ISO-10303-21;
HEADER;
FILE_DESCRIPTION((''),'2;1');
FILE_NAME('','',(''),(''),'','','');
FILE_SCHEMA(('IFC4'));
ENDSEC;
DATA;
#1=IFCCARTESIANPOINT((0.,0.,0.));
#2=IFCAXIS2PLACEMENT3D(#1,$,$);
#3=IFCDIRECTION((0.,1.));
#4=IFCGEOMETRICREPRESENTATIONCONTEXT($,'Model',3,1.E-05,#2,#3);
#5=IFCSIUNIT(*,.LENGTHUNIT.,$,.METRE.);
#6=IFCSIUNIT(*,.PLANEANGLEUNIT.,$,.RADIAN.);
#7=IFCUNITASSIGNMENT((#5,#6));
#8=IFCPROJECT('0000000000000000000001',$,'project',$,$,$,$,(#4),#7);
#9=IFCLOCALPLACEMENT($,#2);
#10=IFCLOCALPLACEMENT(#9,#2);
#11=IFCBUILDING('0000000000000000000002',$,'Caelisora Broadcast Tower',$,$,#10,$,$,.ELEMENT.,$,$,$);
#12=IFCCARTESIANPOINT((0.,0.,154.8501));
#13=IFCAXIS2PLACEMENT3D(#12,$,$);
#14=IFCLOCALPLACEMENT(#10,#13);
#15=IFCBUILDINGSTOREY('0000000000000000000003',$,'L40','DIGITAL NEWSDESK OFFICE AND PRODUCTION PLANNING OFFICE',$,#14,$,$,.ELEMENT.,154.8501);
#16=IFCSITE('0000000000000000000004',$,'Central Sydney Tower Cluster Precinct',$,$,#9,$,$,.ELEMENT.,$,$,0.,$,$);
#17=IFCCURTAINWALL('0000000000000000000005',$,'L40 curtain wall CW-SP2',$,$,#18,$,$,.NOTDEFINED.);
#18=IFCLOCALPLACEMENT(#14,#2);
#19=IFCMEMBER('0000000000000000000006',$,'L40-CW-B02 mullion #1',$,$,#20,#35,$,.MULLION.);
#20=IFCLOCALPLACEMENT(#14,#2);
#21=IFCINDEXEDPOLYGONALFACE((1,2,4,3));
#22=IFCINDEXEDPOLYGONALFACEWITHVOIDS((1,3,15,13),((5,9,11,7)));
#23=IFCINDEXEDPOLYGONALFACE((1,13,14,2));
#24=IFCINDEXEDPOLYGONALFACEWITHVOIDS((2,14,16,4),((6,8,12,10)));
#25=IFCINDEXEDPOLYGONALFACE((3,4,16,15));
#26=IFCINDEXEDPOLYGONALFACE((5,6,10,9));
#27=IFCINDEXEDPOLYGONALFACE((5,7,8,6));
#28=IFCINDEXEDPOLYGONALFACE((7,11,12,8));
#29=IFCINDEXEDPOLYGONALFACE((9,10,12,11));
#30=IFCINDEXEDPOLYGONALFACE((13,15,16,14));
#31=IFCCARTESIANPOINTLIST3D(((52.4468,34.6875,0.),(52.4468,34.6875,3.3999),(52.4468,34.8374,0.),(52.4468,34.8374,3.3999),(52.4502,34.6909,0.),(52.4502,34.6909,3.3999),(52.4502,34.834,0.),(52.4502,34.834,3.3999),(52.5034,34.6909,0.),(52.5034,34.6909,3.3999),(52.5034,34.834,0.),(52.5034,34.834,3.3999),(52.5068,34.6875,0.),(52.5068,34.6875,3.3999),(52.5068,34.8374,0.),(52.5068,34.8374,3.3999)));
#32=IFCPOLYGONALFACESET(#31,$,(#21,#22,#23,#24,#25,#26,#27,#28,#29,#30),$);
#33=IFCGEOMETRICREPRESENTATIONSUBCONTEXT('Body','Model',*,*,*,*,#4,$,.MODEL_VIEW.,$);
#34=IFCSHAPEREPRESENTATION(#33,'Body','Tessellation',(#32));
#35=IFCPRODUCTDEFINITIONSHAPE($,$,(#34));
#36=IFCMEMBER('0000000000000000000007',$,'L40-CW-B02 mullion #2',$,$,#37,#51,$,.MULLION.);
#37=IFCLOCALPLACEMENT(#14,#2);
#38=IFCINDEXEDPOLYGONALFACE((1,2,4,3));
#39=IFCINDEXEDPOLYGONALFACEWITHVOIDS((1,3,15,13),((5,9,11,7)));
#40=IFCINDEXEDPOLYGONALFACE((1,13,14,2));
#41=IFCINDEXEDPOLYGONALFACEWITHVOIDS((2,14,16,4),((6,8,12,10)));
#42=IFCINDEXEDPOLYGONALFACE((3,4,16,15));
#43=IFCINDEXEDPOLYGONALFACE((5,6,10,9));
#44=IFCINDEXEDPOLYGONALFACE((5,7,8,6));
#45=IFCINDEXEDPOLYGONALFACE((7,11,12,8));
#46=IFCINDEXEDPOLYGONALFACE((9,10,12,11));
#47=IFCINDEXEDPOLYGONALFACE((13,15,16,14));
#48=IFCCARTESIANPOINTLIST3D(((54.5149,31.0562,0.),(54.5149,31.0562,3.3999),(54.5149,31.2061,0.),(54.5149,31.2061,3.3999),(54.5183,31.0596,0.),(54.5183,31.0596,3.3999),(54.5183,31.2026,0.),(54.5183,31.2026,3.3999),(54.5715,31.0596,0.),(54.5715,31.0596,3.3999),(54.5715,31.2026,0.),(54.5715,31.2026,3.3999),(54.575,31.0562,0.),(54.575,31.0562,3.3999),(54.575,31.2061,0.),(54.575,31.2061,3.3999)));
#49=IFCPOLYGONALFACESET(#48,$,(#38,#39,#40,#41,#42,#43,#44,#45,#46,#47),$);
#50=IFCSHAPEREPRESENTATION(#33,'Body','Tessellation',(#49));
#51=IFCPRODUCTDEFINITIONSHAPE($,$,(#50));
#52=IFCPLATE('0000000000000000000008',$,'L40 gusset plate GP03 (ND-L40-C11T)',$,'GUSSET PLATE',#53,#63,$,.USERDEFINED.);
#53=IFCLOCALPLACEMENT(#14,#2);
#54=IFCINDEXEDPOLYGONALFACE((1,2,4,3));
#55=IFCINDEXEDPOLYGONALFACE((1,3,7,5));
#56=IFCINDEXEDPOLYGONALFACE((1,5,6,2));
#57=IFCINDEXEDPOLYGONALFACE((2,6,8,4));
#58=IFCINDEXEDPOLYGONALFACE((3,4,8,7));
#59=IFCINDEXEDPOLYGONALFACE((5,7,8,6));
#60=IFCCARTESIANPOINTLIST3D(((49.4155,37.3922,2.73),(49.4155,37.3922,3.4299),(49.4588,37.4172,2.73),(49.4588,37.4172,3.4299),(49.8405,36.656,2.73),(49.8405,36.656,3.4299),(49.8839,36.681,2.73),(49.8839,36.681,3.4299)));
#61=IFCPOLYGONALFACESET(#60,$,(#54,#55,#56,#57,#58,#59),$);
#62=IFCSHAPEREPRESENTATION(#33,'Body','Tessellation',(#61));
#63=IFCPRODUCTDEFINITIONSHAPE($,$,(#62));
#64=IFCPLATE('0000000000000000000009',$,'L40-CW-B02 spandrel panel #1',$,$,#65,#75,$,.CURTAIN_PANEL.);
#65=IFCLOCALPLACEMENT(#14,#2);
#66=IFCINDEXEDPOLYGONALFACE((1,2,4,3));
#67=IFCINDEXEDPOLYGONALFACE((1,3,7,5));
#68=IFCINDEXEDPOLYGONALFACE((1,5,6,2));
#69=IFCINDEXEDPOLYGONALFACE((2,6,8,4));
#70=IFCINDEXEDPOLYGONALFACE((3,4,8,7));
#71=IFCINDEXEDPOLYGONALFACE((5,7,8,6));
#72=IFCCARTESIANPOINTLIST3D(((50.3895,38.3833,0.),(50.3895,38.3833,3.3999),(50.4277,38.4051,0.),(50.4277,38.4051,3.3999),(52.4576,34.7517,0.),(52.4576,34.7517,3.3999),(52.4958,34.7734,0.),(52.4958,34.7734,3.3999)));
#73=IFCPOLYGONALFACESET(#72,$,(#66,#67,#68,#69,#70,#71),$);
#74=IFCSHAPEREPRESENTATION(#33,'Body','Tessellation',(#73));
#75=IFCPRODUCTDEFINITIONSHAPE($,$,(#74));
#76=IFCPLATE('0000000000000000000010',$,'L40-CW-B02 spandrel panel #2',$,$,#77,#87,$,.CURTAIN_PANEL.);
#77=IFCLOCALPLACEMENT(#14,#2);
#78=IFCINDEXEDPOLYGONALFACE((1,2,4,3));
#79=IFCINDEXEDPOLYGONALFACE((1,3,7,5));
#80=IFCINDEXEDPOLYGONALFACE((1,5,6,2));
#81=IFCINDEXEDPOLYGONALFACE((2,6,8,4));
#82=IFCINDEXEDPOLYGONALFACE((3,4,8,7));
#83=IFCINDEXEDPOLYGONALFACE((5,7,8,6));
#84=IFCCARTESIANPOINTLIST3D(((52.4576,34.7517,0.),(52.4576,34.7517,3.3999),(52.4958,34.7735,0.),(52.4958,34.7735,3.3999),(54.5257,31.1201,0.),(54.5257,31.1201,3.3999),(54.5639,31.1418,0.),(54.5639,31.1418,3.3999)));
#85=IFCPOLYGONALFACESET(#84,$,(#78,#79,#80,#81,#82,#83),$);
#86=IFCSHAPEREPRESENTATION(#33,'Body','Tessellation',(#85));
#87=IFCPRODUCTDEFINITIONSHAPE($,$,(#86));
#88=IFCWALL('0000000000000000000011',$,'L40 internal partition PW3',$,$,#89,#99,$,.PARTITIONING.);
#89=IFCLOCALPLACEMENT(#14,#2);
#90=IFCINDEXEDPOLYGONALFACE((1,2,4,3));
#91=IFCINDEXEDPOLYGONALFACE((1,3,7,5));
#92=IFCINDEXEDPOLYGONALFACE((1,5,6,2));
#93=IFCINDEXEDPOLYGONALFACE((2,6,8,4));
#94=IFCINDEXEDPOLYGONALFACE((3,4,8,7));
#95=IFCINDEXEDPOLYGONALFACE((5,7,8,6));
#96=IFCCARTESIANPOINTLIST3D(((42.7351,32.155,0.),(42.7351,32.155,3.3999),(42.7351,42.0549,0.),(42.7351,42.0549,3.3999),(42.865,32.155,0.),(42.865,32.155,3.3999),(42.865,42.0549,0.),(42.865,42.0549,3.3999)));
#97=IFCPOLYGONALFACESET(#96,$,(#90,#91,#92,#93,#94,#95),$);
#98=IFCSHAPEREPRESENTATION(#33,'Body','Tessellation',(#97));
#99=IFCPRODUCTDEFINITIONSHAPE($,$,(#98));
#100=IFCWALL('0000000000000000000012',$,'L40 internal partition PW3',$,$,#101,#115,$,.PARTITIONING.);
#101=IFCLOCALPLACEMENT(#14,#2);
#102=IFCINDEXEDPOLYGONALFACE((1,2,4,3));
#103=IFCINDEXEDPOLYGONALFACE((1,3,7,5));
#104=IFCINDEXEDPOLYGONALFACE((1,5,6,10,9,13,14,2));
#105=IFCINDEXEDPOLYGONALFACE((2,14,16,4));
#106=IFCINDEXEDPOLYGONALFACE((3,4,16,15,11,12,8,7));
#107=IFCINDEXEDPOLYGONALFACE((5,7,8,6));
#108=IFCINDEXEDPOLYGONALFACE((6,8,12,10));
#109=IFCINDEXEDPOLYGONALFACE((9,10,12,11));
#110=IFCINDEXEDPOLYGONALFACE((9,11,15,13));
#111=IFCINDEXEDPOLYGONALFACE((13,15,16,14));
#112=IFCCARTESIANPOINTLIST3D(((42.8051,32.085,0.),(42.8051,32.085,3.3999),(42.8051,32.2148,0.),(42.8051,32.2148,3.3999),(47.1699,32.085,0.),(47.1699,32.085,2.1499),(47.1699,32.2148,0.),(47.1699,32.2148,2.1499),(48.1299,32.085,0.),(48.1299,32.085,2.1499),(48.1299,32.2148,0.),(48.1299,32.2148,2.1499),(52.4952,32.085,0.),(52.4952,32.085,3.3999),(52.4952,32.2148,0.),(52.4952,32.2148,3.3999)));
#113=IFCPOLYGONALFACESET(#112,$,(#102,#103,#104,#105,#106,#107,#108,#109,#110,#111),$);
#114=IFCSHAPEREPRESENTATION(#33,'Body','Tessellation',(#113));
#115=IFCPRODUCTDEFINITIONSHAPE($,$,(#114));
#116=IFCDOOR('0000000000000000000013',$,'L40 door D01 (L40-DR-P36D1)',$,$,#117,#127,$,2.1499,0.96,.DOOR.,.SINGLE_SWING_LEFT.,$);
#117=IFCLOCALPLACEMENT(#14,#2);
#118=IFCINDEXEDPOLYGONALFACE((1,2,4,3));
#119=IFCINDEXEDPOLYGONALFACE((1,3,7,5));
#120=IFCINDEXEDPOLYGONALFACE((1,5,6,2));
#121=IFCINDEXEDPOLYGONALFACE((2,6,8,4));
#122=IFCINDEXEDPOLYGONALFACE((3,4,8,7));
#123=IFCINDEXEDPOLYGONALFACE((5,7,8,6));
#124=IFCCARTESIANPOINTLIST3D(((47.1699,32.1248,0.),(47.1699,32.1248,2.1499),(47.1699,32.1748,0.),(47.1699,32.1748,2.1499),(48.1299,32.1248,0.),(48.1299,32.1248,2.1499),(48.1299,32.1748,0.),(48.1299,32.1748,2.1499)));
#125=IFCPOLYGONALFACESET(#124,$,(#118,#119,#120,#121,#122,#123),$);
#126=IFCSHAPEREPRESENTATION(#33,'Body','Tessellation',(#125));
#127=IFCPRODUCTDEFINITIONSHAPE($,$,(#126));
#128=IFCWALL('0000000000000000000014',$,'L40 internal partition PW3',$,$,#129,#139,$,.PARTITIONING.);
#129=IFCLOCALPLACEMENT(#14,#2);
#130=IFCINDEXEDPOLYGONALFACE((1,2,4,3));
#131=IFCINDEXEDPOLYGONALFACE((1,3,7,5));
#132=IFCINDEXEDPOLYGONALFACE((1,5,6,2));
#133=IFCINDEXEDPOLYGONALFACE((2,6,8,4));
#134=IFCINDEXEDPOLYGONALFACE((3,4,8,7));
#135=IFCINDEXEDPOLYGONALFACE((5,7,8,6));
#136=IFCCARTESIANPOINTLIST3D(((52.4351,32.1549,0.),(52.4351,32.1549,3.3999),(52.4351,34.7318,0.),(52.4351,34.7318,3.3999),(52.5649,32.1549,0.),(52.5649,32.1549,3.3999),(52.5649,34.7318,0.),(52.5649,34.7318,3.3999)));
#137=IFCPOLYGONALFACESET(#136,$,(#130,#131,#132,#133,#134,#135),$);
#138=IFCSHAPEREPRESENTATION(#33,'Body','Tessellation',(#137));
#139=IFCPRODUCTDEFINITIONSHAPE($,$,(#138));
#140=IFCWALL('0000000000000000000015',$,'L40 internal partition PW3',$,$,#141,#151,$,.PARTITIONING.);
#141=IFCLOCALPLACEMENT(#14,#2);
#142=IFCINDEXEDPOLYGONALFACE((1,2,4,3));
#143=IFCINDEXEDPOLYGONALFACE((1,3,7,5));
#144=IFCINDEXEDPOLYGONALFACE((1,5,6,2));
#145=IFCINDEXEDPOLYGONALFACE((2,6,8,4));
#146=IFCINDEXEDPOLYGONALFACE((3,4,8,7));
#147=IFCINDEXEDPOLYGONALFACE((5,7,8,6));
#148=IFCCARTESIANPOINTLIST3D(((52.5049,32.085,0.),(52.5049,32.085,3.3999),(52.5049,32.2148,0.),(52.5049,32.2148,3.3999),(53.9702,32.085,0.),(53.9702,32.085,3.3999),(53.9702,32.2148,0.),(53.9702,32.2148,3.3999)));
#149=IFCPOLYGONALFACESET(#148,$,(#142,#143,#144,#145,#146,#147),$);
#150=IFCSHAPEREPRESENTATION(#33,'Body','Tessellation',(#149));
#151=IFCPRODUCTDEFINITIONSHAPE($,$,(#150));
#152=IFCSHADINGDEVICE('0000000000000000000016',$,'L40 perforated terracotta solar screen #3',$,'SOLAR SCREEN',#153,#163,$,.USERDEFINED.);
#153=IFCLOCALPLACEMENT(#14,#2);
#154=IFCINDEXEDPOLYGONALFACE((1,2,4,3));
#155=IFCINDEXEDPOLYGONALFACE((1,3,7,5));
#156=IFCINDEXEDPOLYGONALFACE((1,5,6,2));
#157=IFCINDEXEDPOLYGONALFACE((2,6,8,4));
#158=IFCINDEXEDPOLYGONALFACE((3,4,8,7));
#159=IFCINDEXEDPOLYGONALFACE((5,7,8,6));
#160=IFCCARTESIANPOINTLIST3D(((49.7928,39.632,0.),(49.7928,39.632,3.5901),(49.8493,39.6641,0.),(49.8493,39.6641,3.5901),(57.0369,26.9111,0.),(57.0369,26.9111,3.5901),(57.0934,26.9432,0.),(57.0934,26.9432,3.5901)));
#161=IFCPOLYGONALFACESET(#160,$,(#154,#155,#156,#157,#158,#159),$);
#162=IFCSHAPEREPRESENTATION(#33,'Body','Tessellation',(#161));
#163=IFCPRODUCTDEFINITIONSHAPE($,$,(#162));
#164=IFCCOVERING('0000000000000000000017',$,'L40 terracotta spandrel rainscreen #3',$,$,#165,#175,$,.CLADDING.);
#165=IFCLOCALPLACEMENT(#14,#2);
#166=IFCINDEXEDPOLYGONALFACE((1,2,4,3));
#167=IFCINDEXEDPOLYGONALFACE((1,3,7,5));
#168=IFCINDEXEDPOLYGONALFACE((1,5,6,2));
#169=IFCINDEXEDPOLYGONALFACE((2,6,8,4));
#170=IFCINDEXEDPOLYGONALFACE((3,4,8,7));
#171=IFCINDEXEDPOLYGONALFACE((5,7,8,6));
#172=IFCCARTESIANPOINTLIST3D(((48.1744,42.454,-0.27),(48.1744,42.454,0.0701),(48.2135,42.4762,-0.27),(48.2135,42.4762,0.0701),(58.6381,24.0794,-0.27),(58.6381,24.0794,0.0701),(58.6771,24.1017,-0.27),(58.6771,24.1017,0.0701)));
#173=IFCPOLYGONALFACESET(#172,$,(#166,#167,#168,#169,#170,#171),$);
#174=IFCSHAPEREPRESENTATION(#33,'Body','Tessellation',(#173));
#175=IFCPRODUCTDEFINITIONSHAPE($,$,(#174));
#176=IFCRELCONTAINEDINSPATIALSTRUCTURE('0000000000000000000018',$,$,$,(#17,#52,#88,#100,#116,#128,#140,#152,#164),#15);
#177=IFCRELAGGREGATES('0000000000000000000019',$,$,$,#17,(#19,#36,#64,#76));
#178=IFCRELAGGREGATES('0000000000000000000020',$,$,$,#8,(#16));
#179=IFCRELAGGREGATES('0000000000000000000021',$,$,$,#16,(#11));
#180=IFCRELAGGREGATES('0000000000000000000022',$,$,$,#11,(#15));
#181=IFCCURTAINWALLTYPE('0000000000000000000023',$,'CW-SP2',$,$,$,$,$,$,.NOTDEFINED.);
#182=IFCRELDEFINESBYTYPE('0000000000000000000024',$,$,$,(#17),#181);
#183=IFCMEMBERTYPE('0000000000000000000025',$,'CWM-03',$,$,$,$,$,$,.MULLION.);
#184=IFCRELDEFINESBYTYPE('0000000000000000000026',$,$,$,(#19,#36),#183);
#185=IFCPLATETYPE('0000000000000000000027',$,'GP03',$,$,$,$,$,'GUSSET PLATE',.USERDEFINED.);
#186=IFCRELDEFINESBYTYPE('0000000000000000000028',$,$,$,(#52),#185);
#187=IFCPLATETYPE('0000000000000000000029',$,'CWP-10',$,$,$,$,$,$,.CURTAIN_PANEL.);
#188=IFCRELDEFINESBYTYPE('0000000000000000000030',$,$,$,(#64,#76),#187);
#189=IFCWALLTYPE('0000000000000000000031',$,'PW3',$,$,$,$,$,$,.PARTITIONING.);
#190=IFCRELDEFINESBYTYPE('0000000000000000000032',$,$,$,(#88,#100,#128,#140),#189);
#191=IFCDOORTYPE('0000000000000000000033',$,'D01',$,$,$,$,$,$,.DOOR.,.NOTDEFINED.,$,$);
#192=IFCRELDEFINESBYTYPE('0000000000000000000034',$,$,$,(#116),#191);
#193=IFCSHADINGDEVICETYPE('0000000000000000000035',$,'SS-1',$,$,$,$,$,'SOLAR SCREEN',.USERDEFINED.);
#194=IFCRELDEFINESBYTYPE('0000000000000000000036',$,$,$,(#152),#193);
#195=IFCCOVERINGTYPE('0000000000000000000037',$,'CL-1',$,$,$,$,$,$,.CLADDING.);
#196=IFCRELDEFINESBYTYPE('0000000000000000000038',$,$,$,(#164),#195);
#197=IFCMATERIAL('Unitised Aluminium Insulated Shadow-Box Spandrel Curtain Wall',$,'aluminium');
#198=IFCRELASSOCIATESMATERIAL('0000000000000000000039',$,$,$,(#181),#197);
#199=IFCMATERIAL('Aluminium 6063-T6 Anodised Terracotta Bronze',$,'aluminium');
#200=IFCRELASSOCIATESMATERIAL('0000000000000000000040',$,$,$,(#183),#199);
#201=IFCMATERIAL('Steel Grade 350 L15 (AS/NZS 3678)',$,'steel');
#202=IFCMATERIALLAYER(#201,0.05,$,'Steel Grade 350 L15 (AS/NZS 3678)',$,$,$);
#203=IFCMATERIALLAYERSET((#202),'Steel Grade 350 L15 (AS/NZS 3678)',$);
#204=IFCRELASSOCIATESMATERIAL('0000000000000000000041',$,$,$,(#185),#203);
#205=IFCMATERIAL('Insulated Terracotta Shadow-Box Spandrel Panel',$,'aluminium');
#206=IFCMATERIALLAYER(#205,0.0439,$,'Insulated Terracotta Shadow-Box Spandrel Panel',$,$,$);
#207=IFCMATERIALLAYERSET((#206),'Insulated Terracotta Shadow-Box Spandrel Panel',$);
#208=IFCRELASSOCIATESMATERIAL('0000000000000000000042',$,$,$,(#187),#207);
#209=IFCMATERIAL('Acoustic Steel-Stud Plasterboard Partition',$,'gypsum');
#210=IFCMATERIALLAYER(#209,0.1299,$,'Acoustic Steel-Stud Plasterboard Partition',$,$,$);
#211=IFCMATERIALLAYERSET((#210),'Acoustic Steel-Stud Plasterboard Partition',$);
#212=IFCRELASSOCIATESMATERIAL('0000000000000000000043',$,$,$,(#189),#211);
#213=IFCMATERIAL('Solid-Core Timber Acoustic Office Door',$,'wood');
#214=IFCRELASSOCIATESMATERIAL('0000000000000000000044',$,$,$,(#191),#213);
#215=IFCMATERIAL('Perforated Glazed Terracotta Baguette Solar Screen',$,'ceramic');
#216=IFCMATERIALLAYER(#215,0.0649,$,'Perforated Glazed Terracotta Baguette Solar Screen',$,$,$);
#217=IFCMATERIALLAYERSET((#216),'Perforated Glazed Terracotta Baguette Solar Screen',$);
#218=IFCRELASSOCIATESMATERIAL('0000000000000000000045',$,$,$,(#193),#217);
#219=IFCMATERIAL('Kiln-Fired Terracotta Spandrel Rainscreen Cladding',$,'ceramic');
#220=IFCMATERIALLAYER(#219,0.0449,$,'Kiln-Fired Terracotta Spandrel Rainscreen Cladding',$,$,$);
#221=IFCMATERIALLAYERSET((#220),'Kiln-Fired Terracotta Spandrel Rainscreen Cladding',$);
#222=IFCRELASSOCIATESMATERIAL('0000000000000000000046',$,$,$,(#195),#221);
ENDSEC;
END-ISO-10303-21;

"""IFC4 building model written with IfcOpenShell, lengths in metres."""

from ifc_helpers import new_model, si_unit, direction, frame, frame_2d, origin, origin_2d, place, context, subcontext, project, spatial, rectangle, hollow_rectangle, extrude, source, transform, mapped, material, layer, layer_set, material_profile, profile_set, type_object, type_shapes, element, fill, aggregate, save


model = new_model("IFC4")

# Units and contexts
model_context = context("Model", 3, precision=1e-05, world=origin(), true_north=direction((0.0, 1.0)))
body_context = subcontext(model_context, "Body", "Model", "MODEL_VIEW")
ifc_project = project(units=[si_unit("LENGTHUNIT", "METRE"), si_unit("PLANEANGLEUNIT", "RADIAN")], contexts=[model_context])

# Site, building, storey
site_placement = place(None, origin())
site = spatial("IfcSite", under=ifc_project, at=site_placement, Name="Central Sydney Tower Cluster Precinct", CompositionType="ELEMENT", RefElevation=0.0)
building_placement = place(site_placement, origin())
building = spatial("IfcBuilding", under=site, at=building_placement, Name="Caelisora Broadcast Tower", CompositionType="ELEMENT")
storey_placement = place(building_placement, frame((0.0, 0.0, 154.8501)))
storey = spatial("IfcBuildingStorey", under=building, at=storey_placement, Name="L40", Description="DIGITAL NEWSDESK OFFICE AND PRODUCTION PLANNING OFFICE", CompositionType="ELEMENT", Elevation=154.8501)

# Shared definitions
ifc_material_1 = material(Name="Steel Grade 350 L15 (AS/NZS 3678)", Category="steel")

# Curtain wall, members
ifc_material_2 = material(Name="Unitised Aluminium Insulated Shadow-Box Spandrel Curtain Wall", Category="aluminium")
curtain_wall_type = type_object("IfcCurtainWallType", Name="CW-SP2", PredefinedType="NOTDEFINED", material=ifc_material_2)
curtain_wall_placement = place(storey_placement, origin())
curtain_wall = element("IfcCurtainWall", 1, at=curtain_wall_placement, inside=storey, type_object=curtain_wall_type, Name="L40 curtain wall CW-SP2", PredefinedType="NOTDEFINED")
ifc_material_3 = material(Name="Aluminium 6063-T6 Anodised Terracotta Bronze", Category="aluminium")
ifc_material_profile_1 = material_profile(ifc_material_3, hollow_rectangle(XDim=0.0601, YDim=0.1499, WallThickness=0.0034, at=origin_2d()), Name="Aluminium 6063-T6 Anodised Terracotta Bronze")
ifc_profile_set_1 = profile_set([ifc_material_profile_1], Name="Aluminium 6063-T6 Anodised Terracotta Bronze")
member_type = type_object("IfcMemberType", Name="CWM-03", PredefinedType="MULLION", material=ifc_profile_set_1)
shared_shape_1 = source(origin(), body_context, "Body", "SweptSolid", [
    extrude(hollow_rectangle(XDim=0.0601, YDim=0.1499, WallThickness=0.0034, at=origin_2d()), origin(), (0.0, 0.0, 1.0), 3.3999),
])
type_shapes(member_type, [shared_shape_1])
member_1_placement = place(storey_placement, frame((52.4768, 34.7625, 0.0), z_axis=(0.0, 0.0, 1.0), x_axis=(1.0, 0.0, 0.0)))
member_1 = element("IfcMember", 2, at=member_1_placement, type_object=member_type, Name="L40-CW-B02 mullion #1", PredefinedType="MULLION", context=body_context, shape_type="MappedRepresentation", body=[
    mapped(shared_shape_1, transform((0.0, 0.0, 0.0), scale=1.0)),
])
member_2_placement = place(storey_placement, frame((54.5449, 31.1311, 0.0), z_axis=(0.0, 0.0, 1.0), x_axis=(1.0, 0.0, 0.0)))
member_2 = element("IfcMember", 3, at=member_2_placement, type_object=member_type, Name="L40-CW-B02 mullion #2", PredefinedType="MULLION", context=body_context, shape_type="MappedRepresentation", body=[
    mapped(shared_shape_1, transform((0.0, 0.0, 0.0), scale=1.0)),
])

# Plates
ifc_layer_1 = layer(ifc_material_1, 0.05, Name="Steel Grade 350 L15 (AS/NZS 3678)")
ifc_layer_set_1 = layer_set([ifc_layer_1], Name="Steel Grade 350 L15 (AS/NZS 3678)")
plate_type_1 = type_object("IfcPlateType", Name="GP03", ElementType="GUSSET PLATE", PredefinedType="USERDEFINED", material=ifc_layer_set_1)
shared_shape_2 = source(origin(), body_context, "Body", "SweptSolid", [
    extrude(rectangle(XDim=0.8501, YDim=0.05, at=origin_2d()), origin(), (0.0, 0.0, 1.0), 0.7),
])
type_shapes(plate_type_1, [shared_shape_2])
plate_1_placement = place(storey_placement, frame((49.6497, 37.0366, 2.73), z_axis=(0.0, 0.0, 1.0), x_axis=(-0.5, 0.866025, 0.0)))
element("IfcPlate", 4, at=plate_1_placement, inside=storey, type_object=plate_type_1, Name="L40 gusset plate GP03 (ND-L40-C11T)", ObjectType="GUSSET PLATE", PredefinedType="USERDEFINED", context=body_context, shape_type="MappedRepresentation", body=[
    mapped(shared_shape_2, transform((0.0, 0.0, 0.0), scale=1.0)),
])
ifc_material_4 = material(Name="Insulated Terracotta Shadow-Box Spandrel Panel", Category="aluminium")
ifc_layer_2 = layer(ifc_material_4, 0.0439, Name="Insulated Terracotta Shadow-Box Spandrel Panel")
ifc_layer_set_2 = layer_set([ifc_layer_2], Name="Insulated Terracotta Shadow-Box Spandrel Panel")
plate_type_2 = type_object("IfcPlateType", Name="CWP-10", PredefinedType="CURTAIN_PANEL", material=ifc_layer_set_2)
shared_shape_3 = source(origin(), body_context, "Body", "SweptSolid", [
    extrude(rectangle(XDim=4.1792, YDim=0.0439, at=origin_2d()), origin(), (0.0, 0.0, 1.0), 3.3999),
])
type_shapes(plate_type_2, [shared_shape_3])
plate_2_placement = place(storey_placement, frame((51.4426, 36.5784, 0.0), z_axis=(0.0, 0.0, 1.0), x_axis=(0.494852, -0.868977, 0.0)))
plate_2 = element("IfcPlate", 5, at=plate_2_placement, type_object=plate_type_2, Name="L40-CW-B02 spandrel panel #1", PredefinedType="CURTAIN_PANEL", context=body_context, shape_type="MappedRepresentation", body=[
    mapped(shared_shape_3, transform((0.0, 0.0, 0.0), scale=1.0)),
])
plate_3_placement = place(storey_placement, frame((53.5107, 32.9468, 0.0), z_axis=(0.0, 0.0, 1.0), x_axis=(0.494852, -0.868977, 0.0)))
plate_3 = element("IfcPlate", 6, at=plate_3_placement, type_object=plate_type_2, Name="L40-CW-B02 spandrel panel #2", PredefinedType="CURTAIN_PANEL", context=body_context, shape_type="MappedRepresentation", body=[
    mapped(shared_shape_3, transform((0.0, 0.0, 0.0), scale=1.0)),
])
aggregate(curtain_wall, [member_1, member_2, plate_2, plate_3])

# Wall
ifc_material_5 = material(Name="Acoustic Steel-Stud Plasterboard Partition", Category="gypsum")
ifc_layer_3 = layer(ifc_material_5, 0.1299, Name="Acoustic Steel-Stud Plasterboard Partition")
ifc_layer_set_3 = layer_set([ifc_layer_3], Name="Acoustic Steel-Stud Plasterboard Partition")
wall_type = type_object("IfcWallType", Name="PW3", PredefinedType="PARTITIONING", material=ifc_layer_set_3)
wall_1_placement = place(storey_placement, frame((42.8, 32.155, 0.0), z_axis=(0.0, 0.0, 1.0), x_axis=(0.0, 1.0, 0.0)))
element("IfcWall", 7, at=wall_1_placement, inside=storey, type_object=wall_type, Name="L40 internal partition PW3", PredefinedType="PARTITIONING", context=body_context, shape_type="SweptSolid", body=[
    extrude(rectangle(XDim=9.8999, YDim=0.1299, at=frame_2d((4.95, 0.0))), origin(), (0.0, 0.0, 1.0), 3.3999),
])

# Wall, opening, door
wall_2_placement = place(storey_placement, frame((42.8049, 32.1499, 0.0), z_axis=(0.0, 0.0, 1.0), x_axis=(1.0, 0.0, 0.0)))
wall_2 = element("IfcWall", 8, at=wall_2_placement, inside=storey, type_object=wall_type, Name="L40 internal partition PW3", PredefinedType="PARTITIONING", context=body_context, shape_type="SweptSolid", body=[
    extrude(rectangle(XDim=9.6902, YDim=0.1299, at=frame_2d((4.8452, 0.0))), origin(), (0.0, 0.0, 1.0), 3.3999),
])
opening_placement = place(wall_2_placement, frame((4.365, 0.0, 0.0)))
opening = element("IfcOpeningElement", 9, at=opening_placement, cuts=wall_2, PredefinedType="OPENING", context=body_context, shape_type="SweptSolid", body=[
    extrude(rectangle(XDim=0.96, YDim=2.1499, at=frame_2d((0.48, 1.075))), frame((0.0, 0.0769, 0.0), z_axis=(0.0, -1.0, 0.0), x_axis=(1.0, 0.0, 0.0)), (0.0, 0.0, 1.0), 0.1538),
])
ifc_material_6 = material(Name="Solid-Core Timber Acoustic Office Door", Category="wood")
door_type = type_object("IfcDoorType", Name="D01", OperationType="NOTDEFINED", PredefinedType="DOOR", material=ifc_material_6)
door_placement = place(opening_placement, origin())
door = element("IfcDoor", 10, at=door_placement, inside=storey, type_object=door_type, Name="L40 door D01 (L40-DR-P36D1)", OperationType="SINGLE_SWING_LEFT", OverallHeight=2.1499, OverallWidth=0.96, PredefinedType="DOOR", context=body_context, shape_type="SweptSolid", body=[
    extrude(rectangle(XDim=0.96, YDim=2.1499, at=frame_2d((0.48, 1.075))), frame((0.0, 0.0249, 0.0), z_axis=(0.0, -1.0, 0.0), x_axis=(1.0, 0.0, 0.0)), (0.0, 0.0, 1.0), 0.05),
])
fill(opening, door)

# Walls
wall_3_placement = place(storey_placement, frame((52.5, 34.7319, 0.0), z_axis=(0.0, 0.0, 1.0), x_axis=(0.0, -1.0, 0.0)))
element("IfcWall", 11, at=wall_3_placement, inside=storey, type_object=wall_type, Name="L40 internal partition PW3", PredefinedType="PARTITIONING", context=body_context, shape_type="SweptSolid", body=[
    extrude(rectangle(XDim=2.5769, YDim=0.1299, at=frame_2d((1.2886, 0.0))), origin(), (0.0, 0.0, 1.0), 3.3999),
])
wall_4_placement = place(storey_placement, frame((52.5049, 32.1499, 0.0), z_axis=(0.0, 0.0, 1.0), x_axis=(1.0, 0.0, 0.0)))
element("IfcWall", 12, at=wall_4_placement, inside=storey, type_object=wall_type, Name="L40 internal partition PW3", PredefinedType="PARTITIONING", context=body_context, shape_type="SweptSolid", body=[
    extrude(rectangle(XDim=1.4653, YDim=0.1299, at=frame_2d((0.7327, 0.0))), origin(), (0.0, 0.0, 1.0), 3.3999),
])

# Shading device
ifc_material_7 = material(Name="Perforated Glazed Terracotta Baguette Solar Screen", Category="ceramic")
ifc_layer_4 = layer(ifc_material_7, 0.0649, Name="Perforated Glazed Terracotta Baguette Solar Screen")
ifc_layer_set_4 = layer_set([ifc_layer_4], Name="Perforated Glazed Terracotta Baguette Solar Screen")
shading_device_type = type_object("IfcShadingDeviceType", Name="SS-1", ElementType="SOLAR SCREEN", PredefinedType="USERDEFINED", material=ifc_layer_set_4)
shared_shape_4 = source(origin(), body_context, "Body", "SweptSolid", [
    extrude(rectangle(XDim=14.6389, YDim=0.0649, at=origin_2d()), origin(), (0.0, 0.0, 1.0), 3.5901),
])
type_shapes(shading_device_type, [shared_shape_4])
shading_device_placement = place(storey_placement, frame((53.4431, 33.2876, 0.0), z_axis=(0.0, 0.0, 1.0), x_axis=(-0.494852, 0.868977, 0.0)))
element("IfcShadingDevice", 13, at=shading_device_placement, inside=storey, type_object=shading_device_type, Name="L40 perforated terracotta solar screen #3", ObjectType="SOLAR SCREEN", PredefinedType="USERDEFINED", context=body_context, shape_type="MappedRepresentation", body=[
    mapped(shared_shape_4, transform((0.0, 0.0, 0.0), scale=1.0)),
])

# Covering
ifc_material_8 = material(Name="Kiln-Fired Terracotta Spandrel Rainscreen Cladding", Category="ceramic")
ifc_layer_5 = layer(ifc_material_8, 0.0449, Name="Kiln-Fired Terracotta Spandrel Rainscreen Cladding")
ifc_layer_set_5 = layer_set([ifc_layer_5], Name="Kiln-Fired Terracotta Spandrel Rainscreen Cladding")
covering_type = type_object("IfcCoveringType", Name="CL-1", PredefinedType="CLADDING", material=ifc_layer_set_5)
shared_shape_5 = source(origin(), body_context, "Body", "SweptSolid", [
    extrude(rectangle(XDim=21.145, YDim=0.0449, at=origin_2d()), origin(), (0.0, 0.0, 1.0), 0.3401),
])
type_shapes(covering_type, [shared_shape_5])
covering_placement = place(storey_placement, frame((53.4258, 33.2778, -0.27), z_axis=(0.0, 0.0, 1.0), x_axis=(-0.494852, 0.868977, 0.0)))
element("IfcCovering", 14, at=covering_placement, inside=storey, type_object=covering_type, Name="L40 terracotta spandrel rainscreen #3", PredefinedType="CLADDING", context=body_context, shape_type="MappedRepresentation", body=[
    mapped(shared_shape_5, transform((0.0, 0.0, 0.0), scale=1.0)),
])

save(model, "model.ifc")
